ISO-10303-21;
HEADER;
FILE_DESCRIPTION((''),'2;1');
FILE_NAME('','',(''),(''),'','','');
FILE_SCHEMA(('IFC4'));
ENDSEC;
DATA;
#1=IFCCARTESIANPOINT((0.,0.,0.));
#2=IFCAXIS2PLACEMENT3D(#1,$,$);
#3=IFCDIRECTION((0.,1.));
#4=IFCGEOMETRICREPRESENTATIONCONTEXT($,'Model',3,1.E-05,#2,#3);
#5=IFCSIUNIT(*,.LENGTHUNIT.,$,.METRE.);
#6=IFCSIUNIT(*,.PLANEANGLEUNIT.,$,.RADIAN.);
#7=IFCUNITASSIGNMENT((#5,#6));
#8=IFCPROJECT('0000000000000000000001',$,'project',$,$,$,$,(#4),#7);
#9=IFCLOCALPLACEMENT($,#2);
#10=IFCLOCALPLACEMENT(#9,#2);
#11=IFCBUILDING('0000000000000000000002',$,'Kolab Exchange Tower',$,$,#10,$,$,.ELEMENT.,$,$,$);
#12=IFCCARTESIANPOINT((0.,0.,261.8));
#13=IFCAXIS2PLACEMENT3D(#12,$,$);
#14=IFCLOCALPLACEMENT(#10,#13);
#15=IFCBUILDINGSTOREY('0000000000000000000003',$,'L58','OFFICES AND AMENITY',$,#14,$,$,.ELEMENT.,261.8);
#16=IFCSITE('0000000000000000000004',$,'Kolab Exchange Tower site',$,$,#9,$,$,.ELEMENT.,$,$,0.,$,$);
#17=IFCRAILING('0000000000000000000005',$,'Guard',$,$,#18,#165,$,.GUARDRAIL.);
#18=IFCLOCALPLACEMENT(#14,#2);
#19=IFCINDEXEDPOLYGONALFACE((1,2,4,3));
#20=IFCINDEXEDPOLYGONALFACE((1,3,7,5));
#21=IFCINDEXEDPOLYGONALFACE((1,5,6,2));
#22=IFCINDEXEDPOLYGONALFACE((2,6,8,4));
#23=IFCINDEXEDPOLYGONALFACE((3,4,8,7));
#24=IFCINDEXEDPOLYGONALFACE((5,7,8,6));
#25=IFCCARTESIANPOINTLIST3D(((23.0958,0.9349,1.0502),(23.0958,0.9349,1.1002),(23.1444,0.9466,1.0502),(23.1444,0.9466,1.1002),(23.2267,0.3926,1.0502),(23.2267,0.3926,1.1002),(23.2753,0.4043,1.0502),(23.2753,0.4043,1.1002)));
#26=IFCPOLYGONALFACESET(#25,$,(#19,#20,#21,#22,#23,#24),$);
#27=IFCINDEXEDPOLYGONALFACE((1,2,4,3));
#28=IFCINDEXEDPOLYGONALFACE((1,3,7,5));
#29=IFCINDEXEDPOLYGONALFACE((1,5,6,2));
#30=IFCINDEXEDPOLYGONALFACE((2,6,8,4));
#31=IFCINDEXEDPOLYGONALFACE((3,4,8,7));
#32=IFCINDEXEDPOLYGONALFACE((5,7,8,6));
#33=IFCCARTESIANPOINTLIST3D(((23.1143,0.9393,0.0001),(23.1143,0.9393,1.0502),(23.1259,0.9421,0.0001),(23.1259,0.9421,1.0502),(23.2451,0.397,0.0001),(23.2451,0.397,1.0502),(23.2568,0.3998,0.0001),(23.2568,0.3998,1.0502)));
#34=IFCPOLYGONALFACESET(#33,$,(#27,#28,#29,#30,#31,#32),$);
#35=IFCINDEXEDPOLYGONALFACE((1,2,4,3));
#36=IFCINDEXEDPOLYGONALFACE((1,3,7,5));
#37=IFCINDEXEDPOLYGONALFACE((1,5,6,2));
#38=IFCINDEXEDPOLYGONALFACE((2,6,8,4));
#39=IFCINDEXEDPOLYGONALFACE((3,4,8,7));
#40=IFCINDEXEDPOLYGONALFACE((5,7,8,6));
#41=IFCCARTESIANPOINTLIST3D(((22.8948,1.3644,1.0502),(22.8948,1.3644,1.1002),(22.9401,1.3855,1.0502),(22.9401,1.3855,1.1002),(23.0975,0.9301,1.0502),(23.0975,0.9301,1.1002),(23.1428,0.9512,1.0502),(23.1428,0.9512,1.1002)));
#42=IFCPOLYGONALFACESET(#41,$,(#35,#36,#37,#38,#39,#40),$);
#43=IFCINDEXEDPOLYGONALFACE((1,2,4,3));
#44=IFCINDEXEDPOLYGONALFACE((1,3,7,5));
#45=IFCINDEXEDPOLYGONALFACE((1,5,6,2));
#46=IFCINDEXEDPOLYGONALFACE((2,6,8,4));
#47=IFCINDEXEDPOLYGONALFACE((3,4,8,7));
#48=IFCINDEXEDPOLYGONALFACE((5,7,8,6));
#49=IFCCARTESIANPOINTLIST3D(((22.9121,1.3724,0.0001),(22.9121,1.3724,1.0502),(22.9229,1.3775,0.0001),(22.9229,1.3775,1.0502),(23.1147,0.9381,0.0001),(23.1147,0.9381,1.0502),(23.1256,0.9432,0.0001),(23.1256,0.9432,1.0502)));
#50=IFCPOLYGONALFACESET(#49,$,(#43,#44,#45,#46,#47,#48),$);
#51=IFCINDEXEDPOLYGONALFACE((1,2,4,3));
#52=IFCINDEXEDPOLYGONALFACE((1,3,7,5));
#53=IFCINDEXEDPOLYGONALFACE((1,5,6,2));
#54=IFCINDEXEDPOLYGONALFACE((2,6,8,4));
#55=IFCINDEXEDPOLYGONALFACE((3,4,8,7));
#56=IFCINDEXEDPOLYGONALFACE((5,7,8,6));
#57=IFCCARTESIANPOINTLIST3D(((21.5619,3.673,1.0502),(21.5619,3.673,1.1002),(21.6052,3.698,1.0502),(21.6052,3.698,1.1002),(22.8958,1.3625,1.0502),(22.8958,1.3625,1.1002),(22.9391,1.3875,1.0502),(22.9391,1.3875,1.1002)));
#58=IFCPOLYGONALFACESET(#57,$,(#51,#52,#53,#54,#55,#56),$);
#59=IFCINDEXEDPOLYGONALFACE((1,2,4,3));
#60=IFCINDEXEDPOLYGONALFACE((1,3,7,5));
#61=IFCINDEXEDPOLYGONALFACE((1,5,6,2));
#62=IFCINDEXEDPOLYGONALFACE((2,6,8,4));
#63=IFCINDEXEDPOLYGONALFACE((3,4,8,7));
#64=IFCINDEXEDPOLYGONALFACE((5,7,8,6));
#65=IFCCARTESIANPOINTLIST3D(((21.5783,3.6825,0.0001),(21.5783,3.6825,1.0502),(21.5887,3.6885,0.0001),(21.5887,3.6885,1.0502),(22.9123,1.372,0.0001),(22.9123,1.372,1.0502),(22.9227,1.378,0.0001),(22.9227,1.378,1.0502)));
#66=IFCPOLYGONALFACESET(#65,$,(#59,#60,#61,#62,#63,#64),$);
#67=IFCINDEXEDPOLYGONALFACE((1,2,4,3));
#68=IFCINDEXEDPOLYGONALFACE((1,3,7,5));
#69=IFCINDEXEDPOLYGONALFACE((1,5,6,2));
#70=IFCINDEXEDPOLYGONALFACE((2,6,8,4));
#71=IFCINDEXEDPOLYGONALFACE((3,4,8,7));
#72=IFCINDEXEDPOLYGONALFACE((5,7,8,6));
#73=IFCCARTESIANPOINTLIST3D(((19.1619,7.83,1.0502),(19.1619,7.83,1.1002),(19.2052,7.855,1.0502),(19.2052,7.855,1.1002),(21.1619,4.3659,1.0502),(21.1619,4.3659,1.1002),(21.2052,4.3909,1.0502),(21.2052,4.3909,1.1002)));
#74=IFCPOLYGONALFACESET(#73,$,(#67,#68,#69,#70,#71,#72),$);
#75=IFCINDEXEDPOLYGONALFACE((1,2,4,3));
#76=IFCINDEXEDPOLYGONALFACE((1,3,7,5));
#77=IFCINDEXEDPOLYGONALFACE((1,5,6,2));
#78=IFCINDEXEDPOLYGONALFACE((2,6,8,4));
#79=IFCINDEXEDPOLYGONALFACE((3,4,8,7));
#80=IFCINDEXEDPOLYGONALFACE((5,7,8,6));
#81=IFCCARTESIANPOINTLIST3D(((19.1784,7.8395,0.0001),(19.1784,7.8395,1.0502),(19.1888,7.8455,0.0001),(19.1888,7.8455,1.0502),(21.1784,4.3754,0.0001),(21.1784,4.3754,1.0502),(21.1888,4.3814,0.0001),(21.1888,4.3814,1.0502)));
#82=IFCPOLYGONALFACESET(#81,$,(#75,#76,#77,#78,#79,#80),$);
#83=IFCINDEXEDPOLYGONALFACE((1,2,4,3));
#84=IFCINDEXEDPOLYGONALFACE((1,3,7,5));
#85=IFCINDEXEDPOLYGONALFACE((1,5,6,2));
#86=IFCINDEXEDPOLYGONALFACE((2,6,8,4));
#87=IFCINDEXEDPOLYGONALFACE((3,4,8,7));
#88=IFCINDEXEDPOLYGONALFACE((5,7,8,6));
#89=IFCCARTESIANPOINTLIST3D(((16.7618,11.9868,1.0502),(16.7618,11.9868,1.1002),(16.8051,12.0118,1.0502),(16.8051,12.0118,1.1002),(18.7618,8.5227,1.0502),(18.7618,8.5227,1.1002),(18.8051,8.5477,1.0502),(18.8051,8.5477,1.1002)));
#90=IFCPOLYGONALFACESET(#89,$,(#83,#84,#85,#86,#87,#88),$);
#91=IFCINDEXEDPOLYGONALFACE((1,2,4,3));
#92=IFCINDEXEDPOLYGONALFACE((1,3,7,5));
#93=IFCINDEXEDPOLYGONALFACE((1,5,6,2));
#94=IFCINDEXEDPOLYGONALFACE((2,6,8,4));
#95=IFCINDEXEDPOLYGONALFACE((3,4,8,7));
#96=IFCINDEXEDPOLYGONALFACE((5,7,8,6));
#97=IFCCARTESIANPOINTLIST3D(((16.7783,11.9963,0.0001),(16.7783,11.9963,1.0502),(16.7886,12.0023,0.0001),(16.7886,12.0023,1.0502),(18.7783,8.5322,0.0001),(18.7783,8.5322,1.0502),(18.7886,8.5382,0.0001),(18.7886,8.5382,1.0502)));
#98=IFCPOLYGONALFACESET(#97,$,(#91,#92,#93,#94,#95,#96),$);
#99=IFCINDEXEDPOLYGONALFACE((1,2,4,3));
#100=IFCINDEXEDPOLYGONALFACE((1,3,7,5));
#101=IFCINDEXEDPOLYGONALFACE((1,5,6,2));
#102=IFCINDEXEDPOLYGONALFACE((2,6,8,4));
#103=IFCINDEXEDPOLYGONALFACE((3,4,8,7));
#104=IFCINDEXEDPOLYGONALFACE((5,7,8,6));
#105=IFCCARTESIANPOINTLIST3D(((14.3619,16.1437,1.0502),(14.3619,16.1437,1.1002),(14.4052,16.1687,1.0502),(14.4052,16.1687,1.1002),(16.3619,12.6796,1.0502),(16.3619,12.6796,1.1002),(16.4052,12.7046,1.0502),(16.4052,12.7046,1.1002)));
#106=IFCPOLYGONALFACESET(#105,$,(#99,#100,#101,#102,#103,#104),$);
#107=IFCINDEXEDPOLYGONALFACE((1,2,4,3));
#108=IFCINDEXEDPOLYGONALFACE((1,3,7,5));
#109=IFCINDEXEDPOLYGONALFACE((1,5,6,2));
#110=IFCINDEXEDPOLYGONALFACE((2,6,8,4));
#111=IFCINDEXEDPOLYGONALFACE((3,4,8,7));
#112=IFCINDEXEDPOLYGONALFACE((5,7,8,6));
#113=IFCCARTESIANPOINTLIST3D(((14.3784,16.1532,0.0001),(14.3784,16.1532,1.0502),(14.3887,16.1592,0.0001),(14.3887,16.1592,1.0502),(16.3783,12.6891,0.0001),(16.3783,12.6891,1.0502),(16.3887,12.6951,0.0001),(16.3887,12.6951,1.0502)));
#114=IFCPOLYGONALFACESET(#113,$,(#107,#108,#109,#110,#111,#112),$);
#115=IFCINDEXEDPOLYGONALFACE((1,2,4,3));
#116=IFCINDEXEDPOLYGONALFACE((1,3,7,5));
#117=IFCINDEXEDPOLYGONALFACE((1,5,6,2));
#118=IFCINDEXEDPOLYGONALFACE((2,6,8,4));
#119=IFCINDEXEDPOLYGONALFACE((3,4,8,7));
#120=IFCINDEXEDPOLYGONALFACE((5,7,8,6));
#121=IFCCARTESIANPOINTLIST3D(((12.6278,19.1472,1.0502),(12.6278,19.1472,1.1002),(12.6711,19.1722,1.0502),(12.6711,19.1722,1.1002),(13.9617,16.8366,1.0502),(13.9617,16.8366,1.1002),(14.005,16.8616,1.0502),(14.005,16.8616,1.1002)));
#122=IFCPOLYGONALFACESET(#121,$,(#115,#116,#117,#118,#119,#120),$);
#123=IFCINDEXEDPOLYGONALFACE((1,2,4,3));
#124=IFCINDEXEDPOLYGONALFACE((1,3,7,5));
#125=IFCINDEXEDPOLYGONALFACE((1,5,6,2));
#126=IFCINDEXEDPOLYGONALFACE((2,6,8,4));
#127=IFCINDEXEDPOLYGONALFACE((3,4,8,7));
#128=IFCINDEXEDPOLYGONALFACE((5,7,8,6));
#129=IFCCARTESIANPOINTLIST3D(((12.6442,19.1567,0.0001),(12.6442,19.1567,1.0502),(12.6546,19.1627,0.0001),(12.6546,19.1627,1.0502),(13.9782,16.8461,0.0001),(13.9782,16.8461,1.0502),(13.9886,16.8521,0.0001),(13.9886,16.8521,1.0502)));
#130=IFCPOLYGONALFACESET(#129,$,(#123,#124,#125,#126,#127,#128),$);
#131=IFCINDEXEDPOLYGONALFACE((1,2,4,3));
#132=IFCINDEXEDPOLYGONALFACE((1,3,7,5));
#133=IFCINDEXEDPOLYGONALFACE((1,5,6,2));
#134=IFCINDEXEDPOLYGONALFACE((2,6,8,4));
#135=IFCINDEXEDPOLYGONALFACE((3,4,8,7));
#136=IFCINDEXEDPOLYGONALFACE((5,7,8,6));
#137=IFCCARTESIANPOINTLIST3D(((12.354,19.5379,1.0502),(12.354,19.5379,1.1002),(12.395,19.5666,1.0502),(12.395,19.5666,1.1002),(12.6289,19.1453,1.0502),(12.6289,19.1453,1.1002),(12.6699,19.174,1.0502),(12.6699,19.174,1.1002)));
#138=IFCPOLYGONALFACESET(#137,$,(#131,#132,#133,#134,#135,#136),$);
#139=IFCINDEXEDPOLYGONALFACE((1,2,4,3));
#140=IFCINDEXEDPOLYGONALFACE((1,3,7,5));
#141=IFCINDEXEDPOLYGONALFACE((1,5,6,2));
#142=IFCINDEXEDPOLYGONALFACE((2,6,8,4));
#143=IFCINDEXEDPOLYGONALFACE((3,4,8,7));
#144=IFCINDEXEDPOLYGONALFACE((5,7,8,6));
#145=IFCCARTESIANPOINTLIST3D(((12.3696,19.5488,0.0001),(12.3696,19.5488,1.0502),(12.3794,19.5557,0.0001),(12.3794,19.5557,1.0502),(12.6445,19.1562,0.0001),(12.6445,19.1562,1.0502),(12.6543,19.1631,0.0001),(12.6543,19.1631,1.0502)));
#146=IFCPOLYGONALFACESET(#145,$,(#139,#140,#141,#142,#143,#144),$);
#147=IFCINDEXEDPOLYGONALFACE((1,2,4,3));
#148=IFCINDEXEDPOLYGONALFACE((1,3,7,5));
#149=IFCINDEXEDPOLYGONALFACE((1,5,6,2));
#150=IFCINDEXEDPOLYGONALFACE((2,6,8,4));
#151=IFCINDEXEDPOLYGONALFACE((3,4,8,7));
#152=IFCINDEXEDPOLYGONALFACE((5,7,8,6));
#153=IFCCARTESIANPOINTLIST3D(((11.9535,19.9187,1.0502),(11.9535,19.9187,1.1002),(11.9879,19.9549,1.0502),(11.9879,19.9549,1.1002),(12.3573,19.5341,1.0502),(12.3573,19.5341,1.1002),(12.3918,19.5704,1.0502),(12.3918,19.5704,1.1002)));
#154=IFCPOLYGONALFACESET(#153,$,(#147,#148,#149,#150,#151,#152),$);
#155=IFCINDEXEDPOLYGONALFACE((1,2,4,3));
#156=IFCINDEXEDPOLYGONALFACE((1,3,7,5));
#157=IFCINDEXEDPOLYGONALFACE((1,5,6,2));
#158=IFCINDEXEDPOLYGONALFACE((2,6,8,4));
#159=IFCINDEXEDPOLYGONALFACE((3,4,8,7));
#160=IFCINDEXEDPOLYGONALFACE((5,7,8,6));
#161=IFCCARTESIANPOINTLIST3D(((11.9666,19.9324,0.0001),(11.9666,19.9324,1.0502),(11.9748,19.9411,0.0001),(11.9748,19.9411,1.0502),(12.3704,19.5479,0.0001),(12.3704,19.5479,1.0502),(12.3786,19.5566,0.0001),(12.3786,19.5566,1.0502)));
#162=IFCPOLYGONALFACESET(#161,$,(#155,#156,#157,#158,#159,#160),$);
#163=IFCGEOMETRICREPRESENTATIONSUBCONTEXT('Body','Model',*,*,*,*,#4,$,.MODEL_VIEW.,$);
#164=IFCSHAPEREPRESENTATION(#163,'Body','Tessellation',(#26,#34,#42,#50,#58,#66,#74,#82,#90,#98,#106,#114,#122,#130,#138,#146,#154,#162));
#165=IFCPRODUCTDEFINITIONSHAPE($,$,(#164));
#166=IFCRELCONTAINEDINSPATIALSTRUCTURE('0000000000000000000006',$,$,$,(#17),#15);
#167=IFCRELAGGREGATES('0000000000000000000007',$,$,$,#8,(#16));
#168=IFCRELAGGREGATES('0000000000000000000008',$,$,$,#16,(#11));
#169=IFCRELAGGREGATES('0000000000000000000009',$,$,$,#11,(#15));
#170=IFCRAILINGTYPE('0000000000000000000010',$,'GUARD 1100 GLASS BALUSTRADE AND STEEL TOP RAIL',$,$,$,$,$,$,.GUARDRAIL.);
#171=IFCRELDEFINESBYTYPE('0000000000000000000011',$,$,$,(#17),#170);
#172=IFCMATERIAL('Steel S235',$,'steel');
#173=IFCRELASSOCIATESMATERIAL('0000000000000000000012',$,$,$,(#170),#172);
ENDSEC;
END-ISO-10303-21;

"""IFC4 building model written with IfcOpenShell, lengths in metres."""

from ifc_helpers import new_model, si_unit, direction, frame, frame_2d, origin, origin_2d, place, context, subcontext, project, spatial, rectangle, extrude, material, type_object, element, save


model = new_model("IFC4")

# Units and contexts
model_context = context("Model", 3, precision=1e-05, world=origin(), true_north=direction((0.0, 1.0)))
body_context = subcontext(model_context, "Body", "Model", "MODEL_VIEW")
ifc_project = project(units=[si_unit("LENGTHUNIT", "METRE"), si_unit("PLANEANGLEUNIT", "RADIAN")], contexts=[model_context])

# Site, building, storey
site_placement = place(None, origin())
site = spatial("IfcSite", under=ifc_project, at=site_placement, Name="Kolab Exchange Tower site", CompositionType="ELEMENT", RefElevation=0.0)
building_placement = place(site_placement, origin())
building = spatial("IfcBuilding", under=site, at=building_placement, Name="Kolab Exchange Tower", CompositionType="ELEMENT")
storey_placement = place(building_placement, frame((0.0, 0.0, 261.8)))
storey = spatial("IfcBuildingStorey", under=building, at=storey_placement, Name="L58", Description="OFFICES AND AMENITY", CompositionType="ELEMENT", Elevation=261.8)

# Railing
ifc_material_1 = material(Name="Steel S235", Category="steel")
railing_type = type_object("IfcRailingType", Name="GUARD 1100 GLASS BALUSTRADE AND STEEL TOP RAIL", PredefinedType="GUARDRAIL", material=ifc_material_1)
railing_placement = place(storey_placement, frame((23.251, 0.3984, 0.0)))
element("IfcRailing", 1, at=railing_placement, inside=storey, type_object=railing_type, Name="Guard", PredefinedType="GUARDRAIL", context=body_context, shape_type="SweptSolid", body=[
    extrude(rectangle(XDim=0.05, YDim=0.05, at=origin_2d()), frame((0.0, 0.0, 1.0752), z_axis=(-0.234598, 0.972093, 0.0), x_axis=(-0.972093, -0.234598, 0.0)), (0.0, 0.0, 1.0), 0.5579),
    extrude(rectangle(XDim=0.012, YDim=1.0501, at=frame_2d((0.0, 0.5251))), frame((0.0, 0.0, 0.0), z_axis=(-0.234598, 0.972093, 0.0), x_axis=(-0.972093, -0.234598, 0.0)), (0.0, 0.0, 1.0), 0.5579),
    extrude(rectangle(XDim=0.05, YDim=0.05, at=origin_2d()), frame((-0.1309, 0.5422, 1.0752), z_axis=(-0.422802, 0.906222, 0.0), x_axis=(-0.906222, -0.422802, 0.0)), (0.0, 0.0, 1.0), 0.4792),
    extrude(rectangle(XDim=0.012, YDim=1.0501, at=frame_2d((0.0, 0.5251))), frame((-0.1309, 0.5422, 0.0), z_axis=(-0.422802, 0.906222, 0.0), x_axis=(-0.906222, -0.422802, 0.0)), (0.0, 0.0, 1.0), 0.4792),
    extrude(rectangle(XDim=0.05, YDim=0.05, at=origin_2d()), frame((-0.3335, 0.9766, 1.0752), z_axis=(-0.499997, 0.866027, 0.0), x_axis=(-0.866027, -0.499997, 0.0)), (0.0, 0.0, 1.0), 2.668),
    extrude(rectangle(XDim=0.012, YDim=1.0501, at=frame_2d((0.0, 0.5251))), frame((-0.3335, 0.9766, 0.0), z_axis=(-0.499997, 0.866027, 0.0), x_axis=(-0.866027, -0.499997, 0.0)), (0.0, 0.0, 1.0), 2.668),
    extrude(rectangle(XDim=0.05, YDim=0.05, at=origin_2d()), frame((-2.0674, 3.98, 1.0752), z_axis=(-0.499999, 0.866026, 0.0), x_axis=(-0.866026, -0.499999, 0.0)), (0.0, 0.0, 1.0), 4.0),
    extrude(rectangle(XDim=0.012, YDim=1.0501, at=frame_2d((0.0, 0.5251))), frame((-2.0674, 3.98, 0.0), z_axis=(-0.499999, 0.866026, 0.0), x_axis=(-0.866026, -0.499999, 0.0)), (0.0, 0.0, 1.0), 4.0),
    extrude(rectangle(XDim=0.05, YDim=0.05, at=origin_2d()), frame((-4.4675, 8.1367, 1.0752), z_axis=(-0.499999, 0.866026, 0.0), x_axis=(-0.866026, -0.499999, 0.0)), (0.0, 0.0, 1.0), 4.0),
    extrude(rectangle(XDim=0.012, YDim=1.0501, at=frame_2d((0.0, 0.5251))), frame((-4.4675, 8.1367, 0.0), z_axis=(-0.499999, 0.866026, 0.0), x_axis=(-0.866026, -0.499999, 0.0)), (0.0, 0.0, 1.0), 4.0),
    extrude(rectangle(XDim=0.05, YDim=0.05, at=origin_2d()), frame((-6.8674, 12.2937, 1.0752), z_axis=(-0.499999, 0.866026, 0.0), x_axis=(-0.866026, -0.499999, 0.0)), (0.0, 0.0, 1.0), 4.0),
    extrude(rectangle(XDim=0.012, YDim=1.0501, at=frame_2d((0.0, 0.5251))), frame((-6.8674, 12.2937, 0.0), z_axis=(-0.499999, 0.866026, 0.0), x_axis=(-0.866026, -0.499999, 0.0)), (0.0, 0.0, 1.0), 4.0),
    extrude(rectangle(XDim=0.05, YDim=0.05, at=origin_2d()), frame((-9.2676, 16.4507, 1.0752), z_axis=(-0.499997, 0.866027, 0.0), x_axis=(-0.866027, -0.499997, 0.0)), (0.0, 0.0, 1.0), 2.668),
    extrude(rectangle(XDim=0.012, YDim=1.0501, at=frame_2d((0.0, 0.5251))), frame((-9.2676, 16.4507, 0.0), z_axis=(-0.499997, 0.866027, 0.0), x_axis=(-0.866027, -0.499997, 0.0)), (0.0, 0.0, 1.0), 2.668),
    extrude(rectangle(XDim=0.05, YDim=0.05, at=origin_2d()), frame((-10.6016, 18.7612, 1.0752), z_axis=(-0.573599, 0.819136, 0.0), x_axis=(-0.819136, -0.573599, 0.0)), (0.0, 0.0, 1.0), 0.4792),
    extrude(rectangle(XDim=0.012, YDim=1.0501, at=frame_2d((0.0, 0.5251))), frame((-10.6016, 18.7612, 0.0), z_axis=(-0.573599, 0.819136, 0.0), x_axis=(-0.819136, -0.573599, 0.0)), (0.0, 0.0, 1.0), 0.4792),
    extrude(rectangle(XDim=0.05, YDim=0.05, at=origin_2d()), frame((-10.8765, 19.1538, 1.0752), z_axis=(-0.72419, 0.689601, 0.0), x_axis=(-0.689601, -0.72419, 0.0)), (0.0, 0.0, 1.0), 0.5576),
    extrude(rectangle(XDim=0.012, YDim=1.0501, at=frame_2d((0.0, 0.5251))), frame((-10.8765, 19.1538, 0.0), z_axis=(-0.72419, 0.689601, 0.0), x_axis=(-0.689601, -0.72419, 0.0)), (0.0, 0.0, 1.0), 0.5576),
])

save(model, "model.ifc")
